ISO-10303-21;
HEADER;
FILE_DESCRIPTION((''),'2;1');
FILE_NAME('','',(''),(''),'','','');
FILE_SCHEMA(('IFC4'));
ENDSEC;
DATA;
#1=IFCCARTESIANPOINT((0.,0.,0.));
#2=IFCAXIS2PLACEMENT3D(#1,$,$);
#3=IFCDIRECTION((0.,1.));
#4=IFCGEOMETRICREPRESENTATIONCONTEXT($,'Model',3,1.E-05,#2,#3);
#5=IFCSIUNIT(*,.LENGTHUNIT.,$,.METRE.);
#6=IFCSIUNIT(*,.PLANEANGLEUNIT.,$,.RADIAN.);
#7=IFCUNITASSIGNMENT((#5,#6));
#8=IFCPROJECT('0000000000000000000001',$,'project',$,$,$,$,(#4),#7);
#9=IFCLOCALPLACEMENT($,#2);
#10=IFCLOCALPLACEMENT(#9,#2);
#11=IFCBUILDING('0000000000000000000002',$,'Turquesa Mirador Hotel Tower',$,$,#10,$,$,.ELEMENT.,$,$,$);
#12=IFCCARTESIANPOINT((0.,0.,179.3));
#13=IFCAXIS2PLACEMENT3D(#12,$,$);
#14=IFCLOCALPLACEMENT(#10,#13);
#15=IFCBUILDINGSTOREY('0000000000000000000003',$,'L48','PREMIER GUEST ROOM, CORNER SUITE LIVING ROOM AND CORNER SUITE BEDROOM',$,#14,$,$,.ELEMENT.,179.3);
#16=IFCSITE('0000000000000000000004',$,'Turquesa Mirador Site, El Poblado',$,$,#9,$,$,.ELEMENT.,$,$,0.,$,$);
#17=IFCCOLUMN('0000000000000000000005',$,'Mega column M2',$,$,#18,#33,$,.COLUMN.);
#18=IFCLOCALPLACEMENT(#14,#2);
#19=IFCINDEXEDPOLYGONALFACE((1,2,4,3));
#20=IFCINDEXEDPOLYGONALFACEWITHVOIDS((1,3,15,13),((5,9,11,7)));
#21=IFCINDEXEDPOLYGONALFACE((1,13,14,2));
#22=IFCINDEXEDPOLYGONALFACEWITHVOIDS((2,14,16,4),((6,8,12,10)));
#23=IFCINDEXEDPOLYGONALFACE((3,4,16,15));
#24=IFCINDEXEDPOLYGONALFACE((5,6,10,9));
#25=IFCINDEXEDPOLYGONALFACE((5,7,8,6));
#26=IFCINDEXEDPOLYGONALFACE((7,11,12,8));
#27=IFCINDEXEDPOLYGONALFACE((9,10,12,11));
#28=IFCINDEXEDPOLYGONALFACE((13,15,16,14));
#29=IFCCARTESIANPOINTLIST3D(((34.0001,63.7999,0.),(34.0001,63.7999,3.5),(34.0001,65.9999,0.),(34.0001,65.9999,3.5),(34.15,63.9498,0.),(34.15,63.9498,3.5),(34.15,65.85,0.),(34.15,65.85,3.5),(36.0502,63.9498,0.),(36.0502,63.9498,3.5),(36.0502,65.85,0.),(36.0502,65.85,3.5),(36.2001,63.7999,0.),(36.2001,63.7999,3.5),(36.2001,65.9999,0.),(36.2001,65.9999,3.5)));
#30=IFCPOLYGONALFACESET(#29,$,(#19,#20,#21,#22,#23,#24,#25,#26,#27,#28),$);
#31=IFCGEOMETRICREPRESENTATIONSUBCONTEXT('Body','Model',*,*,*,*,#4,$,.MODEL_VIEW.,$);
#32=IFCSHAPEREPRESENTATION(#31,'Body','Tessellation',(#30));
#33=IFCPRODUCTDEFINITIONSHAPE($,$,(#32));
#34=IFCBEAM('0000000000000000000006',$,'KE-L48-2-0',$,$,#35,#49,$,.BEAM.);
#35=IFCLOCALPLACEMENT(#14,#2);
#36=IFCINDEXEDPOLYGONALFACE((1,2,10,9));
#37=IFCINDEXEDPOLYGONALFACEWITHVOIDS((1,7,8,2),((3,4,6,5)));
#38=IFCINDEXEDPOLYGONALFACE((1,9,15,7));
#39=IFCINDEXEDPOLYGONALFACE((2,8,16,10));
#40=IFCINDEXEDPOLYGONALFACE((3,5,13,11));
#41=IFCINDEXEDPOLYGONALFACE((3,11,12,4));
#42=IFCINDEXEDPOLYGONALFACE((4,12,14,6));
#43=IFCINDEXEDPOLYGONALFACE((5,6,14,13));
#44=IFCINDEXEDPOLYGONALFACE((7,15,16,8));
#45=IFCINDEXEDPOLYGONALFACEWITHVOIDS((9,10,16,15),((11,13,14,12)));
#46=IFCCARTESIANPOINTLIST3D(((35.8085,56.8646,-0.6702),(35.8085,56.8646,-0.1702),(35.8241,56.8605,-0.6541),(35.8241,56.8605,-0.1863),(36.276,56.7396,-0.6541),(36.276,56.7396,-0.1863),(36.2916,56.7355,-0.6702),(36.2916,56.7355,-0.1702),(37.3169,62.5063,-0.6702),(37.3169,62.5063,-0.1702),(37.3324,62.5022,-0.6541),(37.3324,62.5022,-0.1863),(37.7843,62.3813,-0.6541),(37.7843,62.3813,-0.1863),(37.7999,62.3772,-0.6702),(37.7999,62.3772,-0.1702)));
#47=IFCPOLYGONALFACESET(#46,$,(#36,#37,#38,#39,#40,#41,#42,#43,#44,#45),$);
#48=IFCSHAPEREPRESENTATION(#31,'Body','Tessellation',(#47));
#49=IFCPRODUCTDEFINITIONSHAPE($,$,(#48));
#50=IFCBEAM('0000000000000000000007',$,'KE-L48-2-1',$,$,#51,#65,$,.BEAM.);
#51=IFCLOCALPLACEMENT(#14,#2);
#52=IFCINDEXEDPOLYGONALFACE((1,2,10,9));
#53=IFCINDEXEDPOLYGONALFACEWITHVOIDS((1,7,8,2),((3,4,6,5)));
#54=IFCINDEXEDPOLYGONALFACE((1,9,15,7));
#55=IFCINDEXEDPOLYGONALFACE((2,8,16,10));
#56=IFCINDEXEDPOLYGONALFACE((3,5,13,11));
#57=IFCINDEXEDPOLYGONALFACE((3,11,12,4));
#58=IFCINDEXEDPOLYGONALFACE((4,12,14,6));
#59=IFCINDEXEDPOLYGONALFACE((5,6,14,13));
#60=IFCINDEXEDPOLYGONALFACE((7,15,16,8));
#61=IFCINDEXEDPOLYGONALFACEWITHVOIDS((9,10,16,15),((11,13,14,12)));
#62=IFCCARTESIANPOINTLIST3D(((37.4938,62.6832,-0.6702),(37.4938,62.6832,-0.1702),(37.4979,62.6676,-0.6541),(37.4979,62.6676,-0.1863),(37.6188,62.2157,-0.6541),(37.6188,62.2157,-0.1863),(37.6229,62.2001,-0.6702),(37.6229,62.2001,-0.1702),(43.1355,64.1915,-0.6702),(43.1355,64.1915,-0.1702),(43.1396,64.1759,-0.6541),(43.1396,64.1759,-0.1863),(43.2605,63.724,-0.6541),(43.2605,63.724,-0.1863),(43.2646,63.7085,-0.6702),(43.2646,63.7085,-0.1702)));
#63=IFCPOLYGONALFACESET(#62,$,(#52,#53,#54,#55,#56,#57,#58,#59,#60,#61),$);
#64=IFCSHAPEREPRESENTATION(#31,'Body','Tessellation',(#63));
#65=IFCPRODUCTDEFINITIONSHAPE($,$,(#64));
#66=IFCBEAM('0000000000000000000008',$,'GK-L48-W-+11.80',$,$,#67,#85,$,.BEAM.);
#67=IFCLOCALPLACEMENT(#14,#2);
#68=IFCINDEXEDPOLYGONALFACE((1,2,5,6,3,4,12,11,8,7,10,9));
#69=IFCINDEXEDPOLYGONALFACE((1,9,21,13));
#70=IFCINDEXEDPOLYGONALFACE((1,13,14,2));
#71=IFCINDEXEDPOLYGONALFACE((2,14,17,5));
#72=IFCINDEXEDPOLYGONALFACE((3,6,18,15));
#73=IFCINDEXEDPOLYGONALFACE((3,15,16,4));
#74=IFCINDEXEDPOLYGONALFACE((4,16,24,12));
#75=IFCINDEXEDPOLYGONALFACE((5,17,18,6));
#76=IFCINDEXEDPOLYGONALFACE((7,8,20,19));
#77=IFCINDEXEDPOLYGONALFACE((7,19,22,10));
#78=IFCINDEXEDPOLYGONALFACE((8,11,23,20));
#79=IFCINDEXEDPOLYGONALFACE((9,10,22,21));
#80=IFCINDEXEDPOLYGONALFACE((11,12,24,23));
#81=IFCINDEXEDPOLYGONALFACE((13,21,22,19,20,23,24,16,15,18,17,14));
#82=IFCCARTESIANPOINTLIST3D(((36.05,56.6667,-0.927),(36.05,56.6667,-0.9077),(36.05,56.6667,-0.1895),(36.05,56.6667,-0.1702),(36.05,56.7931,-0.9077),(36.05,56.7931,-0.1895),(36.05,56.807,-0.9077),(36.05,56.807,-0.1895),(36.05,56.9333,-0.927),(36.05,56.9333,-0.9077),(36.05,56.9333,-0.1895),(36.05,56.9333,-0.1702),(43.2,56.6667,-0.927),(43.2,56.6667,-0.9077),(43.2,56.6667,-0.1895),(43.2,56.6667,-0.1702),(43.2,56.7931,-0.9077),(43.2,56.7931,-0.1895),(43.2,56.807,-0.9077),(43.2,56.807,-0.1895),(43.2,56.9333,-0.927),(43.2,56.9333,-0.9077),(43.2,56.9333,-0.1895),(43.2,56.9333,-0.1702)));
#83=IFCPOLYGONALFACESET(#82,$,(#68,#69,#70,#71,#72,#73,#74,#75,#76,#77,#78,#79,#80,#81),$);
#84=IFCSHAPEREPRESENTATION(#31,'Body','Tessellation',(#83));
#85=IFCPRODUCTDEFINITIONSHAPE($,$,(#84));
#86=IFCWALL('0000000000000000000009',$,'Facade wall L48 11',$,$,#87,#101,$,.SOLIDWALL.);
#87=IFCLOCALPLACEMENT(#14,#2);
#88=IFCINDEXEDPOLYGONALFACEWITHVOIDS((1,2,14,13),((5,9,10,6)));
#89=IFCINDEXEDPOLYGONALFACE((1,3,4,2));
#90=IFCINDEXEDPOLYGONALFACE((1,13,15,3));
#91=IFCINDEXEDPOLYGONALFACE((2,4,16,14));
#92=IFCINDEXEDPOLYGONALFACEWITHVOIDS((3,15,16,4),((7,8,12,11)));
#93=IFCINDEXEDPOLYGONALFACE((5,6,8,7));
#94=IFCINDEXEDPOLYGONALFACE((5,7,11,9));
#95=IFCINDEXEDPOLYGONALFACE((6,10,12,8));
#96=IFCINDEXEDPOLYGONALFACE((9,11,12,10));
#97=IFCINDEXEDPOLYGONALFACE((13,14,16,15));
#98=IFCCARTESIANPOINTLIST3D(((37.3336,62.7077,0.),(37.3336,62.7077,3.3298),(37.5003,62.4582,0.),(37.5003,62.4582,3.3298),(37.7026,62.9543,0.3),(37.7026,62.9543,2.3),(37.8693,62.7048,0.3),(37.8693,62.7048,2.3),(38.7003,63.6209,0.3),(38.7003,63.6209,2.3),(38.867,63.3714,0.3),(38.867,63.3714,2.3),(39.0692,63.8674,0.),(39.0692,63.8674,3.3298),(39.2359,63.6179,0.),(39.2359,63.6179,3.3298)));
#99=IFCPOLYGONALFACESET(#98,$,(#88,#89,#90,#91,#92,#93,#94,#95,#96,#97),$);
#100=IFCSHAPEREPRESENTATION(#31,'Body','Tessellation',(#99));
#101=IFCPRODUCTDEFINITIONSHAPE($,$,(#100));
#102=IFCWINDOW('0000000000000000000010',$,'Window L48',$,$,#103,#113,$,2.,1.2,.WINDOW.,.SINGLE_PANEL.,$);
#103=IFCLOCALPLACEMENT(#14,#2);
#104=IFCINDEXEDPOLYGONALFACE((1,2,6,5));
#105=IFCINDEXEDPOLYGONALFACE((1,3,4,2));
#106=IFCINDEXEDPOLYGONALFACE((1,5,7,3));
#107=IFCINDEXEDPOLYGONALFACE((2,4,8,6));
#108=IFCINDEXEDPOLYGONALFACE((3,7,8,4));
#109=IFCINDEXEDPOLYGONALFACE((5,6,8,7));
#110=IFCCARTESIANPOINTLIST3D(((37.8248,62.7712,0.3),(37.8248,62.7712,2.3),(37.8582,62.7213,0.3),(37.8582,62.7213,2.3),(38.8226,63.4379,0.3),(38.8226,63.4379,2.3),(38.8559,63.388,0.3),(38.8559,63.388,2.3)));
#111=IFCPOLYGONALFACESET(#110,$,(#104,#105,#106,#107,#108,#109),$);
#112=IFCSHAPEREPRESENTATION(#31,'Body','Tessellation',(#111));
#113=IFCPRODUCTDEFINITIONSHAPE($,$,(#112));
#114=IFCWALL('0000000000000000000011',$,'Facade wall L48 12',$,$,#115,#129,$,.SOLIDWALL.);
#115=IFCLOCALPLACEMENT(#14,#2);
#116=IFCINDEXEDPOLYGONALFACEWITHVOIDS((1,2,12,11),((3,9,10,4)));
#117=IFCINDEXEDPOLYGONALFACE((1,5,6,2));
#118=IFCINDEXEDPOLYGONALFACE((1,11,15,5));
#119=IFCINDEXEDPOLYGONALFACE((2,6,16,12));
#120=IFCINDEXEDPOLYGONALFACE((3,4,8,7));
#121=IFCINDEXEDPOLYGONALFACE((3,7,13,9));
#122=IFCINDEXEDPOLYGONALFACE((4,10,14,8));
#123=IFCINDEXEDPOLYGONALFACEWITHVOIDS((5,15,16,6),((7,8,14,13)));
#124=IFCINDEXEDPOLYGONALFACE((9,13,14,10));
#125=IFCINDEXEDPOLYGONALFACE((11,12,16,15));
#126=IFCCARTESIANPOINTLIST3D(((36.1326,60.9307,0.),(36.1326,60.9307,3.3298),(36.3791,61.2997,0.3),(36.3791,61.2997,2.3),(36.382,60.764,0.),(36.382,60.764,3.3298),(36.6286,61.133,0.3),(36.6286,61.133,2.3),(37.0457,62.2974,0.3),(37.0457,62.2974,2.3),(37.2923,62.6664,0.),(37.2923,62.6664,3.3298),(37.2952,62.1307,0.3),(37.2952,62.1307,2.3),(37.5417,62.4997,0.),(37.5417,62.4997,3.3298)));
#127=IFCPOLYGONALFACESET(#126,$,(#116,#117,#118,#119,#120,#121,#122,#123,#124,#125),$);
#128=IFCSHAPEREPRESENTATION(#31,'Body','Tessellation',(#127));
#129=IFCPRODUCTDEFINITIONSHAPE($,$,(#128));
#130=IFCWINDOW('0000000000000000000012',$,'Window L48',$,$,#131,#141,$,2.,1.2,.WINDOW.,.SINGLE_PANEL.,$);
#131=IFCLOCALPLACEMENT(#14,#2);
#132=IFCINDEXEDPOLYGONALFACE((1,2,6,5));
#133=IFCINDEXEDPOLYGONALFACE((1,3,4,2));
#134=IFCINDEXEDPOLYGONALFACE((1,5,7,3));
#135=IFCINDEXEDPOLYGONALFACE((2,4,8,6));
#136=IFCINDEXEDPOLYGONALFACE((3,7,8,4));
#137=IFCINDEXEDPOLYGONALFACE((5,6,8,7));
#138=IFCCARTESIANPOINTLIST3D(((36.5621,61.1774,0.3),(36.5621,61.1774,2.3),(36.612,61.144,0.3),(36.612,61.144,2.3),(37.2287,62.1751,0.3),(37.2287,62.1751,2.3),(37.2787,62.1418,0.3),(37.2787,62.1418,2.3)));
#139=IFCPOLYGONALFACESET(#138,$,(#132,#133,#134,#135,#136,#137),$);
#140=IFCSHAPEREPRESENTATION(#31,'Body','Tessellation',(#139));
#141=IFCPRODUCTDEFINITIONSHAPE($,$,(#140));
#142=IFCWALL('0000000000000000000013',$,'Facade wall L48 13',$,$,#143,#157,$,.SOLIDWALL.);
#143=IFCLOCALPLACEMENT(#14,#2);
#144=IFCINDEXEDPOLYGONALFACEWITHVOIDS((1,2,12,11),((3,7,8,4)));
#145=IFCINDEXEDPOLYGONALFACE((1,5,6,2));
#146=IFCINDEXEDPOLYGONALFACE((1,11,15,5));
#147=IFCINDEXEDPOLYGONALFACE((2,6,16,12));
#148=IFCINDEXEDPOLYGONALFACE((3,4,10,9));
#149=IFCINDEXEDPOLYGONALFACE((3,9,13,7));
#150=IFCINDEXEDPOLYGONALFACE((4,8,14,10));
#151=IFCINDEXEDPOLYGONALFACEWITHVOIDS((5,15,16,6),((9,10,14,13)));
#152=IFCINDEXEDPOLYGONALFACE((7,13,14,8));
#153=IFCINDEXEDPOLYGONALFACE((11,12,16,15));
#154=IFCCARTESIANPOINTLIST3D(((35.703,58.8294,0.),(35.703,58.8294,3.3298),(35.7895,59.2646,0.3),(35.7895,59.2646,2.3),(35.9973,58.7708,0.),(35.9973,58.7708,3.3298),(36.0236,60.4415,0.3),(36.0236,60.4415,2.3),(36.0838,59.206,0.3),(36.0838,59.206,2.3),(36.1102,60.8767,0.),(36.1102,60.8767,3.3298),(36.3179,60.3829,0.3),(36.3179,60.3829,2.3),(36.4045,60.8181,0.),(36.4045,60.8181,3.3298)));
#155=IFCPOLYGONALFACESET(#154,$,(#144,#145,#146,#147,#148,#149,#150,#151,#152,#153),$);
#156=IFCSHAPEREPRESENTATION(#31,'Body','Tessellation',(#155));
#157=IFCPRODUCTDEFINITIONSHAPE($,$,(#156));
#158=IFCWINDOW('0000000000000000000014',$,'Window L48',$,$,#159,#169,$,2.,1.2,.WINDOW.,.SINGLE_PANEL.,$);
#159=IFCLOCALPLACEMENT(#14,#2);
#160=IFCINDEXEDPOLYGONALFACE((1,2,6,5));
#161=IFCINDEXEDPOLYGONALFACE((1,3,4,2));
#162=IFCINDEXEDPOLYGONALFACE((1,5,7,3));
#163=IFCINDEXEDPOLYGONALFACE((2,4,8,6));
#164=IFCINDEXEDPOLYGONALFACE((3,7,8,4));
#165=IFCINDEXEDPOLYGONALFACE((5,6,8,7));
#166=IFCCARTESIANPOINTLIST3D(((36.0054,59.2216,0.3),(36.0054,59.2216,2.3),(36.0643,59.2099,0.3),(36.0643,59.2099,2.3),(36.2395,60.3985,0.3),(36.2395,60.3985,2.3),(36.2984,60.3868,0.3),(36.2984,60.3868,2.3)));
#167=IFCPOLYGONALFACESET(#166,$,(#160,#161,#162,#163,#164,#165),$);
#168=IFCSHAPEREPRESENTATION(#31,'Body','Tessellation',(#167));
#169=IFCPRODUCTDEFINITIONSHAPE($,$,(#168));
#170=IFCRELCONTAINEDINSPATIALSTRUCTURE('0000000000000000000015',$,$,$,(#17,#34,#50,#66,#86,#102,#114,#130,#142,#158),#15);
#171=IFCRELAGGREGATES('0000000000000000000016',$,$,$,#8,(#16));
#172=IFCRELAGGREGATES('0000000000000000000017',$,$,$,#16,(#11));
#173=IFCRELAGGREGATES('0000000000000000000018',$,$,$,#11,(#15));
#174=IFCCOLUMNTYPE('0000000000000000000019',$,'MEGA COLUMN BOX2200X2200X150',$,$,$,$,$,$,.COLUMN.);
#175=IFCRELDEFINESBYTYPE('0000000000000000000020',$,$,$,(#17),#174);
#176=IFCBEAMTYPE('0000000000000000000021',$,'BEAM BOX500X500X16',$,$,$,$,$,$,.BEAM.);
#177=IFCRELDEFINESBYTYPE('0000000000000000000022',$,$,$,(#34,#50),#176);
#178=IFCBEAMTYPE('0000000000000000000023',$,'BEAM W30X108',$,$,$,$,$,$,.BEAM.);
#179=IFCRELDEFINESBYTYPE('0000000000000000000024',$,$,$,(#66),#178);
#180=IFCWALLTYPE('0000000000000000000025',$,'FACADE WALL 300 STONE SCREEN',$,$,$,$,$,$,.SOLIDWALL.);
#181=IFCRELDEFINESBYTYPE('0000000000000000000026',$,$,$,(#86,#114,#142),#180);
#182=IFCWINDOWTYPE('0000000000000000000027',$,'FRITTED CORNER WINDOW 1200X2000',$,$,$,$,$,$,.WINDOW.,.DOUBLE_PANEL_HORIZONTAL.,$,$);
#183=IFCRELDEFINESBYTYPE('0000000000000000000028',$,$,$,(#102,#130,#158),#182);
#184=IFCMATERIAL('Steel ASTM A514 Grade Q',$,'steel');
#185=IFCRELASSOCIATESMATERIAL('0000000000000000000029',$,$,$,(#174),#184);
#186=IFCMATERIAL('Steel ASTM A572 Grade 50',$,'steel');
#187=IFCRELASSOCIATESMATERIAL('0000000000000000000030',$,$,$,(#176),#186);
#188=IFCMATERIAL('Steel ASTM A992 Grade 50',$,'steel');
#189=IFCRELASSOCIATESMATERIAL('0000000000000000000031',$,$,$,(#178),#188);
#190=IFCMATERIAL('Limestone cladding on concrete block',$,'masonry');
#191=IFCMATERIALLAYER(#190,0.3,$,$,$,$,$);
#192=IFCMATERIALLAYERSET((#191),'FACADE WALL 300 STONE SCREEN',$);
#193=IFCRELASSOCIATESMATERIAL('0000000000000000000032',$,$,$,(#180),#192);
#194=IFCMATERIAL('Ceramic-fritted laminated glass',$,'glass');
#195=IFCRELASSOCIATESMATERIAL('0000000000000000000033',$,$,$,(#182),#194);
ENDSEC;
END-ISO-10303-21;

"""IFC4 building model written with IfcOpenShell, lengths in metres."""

from ifc_helpers import new_model, si_unit, direction, frame, frame_2d, origin, origin_2d, place, context, subcontext, project, spatial, rectangle, hollow_rectangle, i_section, extrude, material, layer, layer_set, material_profile, profile_set, type_object, element, fill, save


model = new_model("IFC4")

# Units and contexts
model_context = context("Model", 3, precision=1e-05, world=origin(), true_north=direction((0.0, 1.0)))
body_context = subcontext(model_context, "Body", "Model", "MODEL_VIEW")
ifc_project = project(units=[si_unit("LENGTHUNIT", "METRE"), si_unit("PLANEANGLEUNIT", "RADIAN")], contexts=[model_context])

# Site, building, storey
site_placement = place(None, origin())
site = spatial("IfcSite", under=ifc_project, at=site_placement, Name="Turquesa Mirador Site, El Poblado", CompositionType="ELEMENT", RefElevation=0.0)
building_placement = place(site_placement, origin())
building = spatial("IfcBuilding", under=site, at=building_placement, Name="Turquesa Mirador Hotel Tower", CompositionType="ELEMENT")
storey_placement = place(building_placement, frame((0.0, 0.0, 179.3)))
storey = spatial("IfcBuildingStorey", under=building, at=storey_placement, Name="L48", Description="PREMIER GUEST ROOM, CORNER SUITE LIVING ROOM AND CORNER SUITE BEDROOM", CompositionType="ELEMENT", Elevation=179.3)

# Column
ifc_material_1 = material(Name="Steel ASTM A514 Grade Q", Category="steel")
ifc_material_profile_1 = material_profile(ifc_material_1, hollow_rectangle(XDim=2.2, YDim=2.2, WallThickness=0.1499, at=origin_2d()), Name="BOX2200X2200X150")
ifc_profile_set_1 = profile_set([ifc_material_profile_1], Name="Steel ASTM A514 Grade Q")
column_type = type_object("IfcColumnType", Name="MEGA COLUMN BOX2200X2200X150", PredefinedType="COLUMN", material=ifc_profile_set_1)
column_placement = place(storey_placement, frame((35.1001, 64.8999, 0.0), z_axis=(0.0, 0.0, 1.0), x_axis=(1.0, 0.0, 0.0)))
element("IfcColumn", 1, at=column_placement, inside=storey, type_object=column_type, Name="Mega column M2", PredefinedType="COLUMN", context=body_context, shape_type="SweptSolid", body=[
    extrude(hollow_rectangle(XDim=2.2, YDim=2.2, WallThickness=0.1499, at=origin_2d()), origin(), (0.0, 0.0, 1.0), 3.5),
])

# Beams
ifc_material_2 = material(Name="Steel ASTM A572 Grade 50", Category="steel")
ifc_material_profile_2 = material_profile(ifc_material_2, hollow_rectangle(XDim=0.5, YDim=0.5, WallThickness=0.0161, at=origin_2d()), Name="BOX500X500X16")
ifc_profile_set_2 = profile_set([ifc_material_profile_2], Name="Steel ASTM A572 Grade 50")
beam_type_1 = type_object("IfcBeamType", Name="BEAM BOX500X500X16", PredefinedType="BEAM", material=ifc_profile_set_2)
for number, where, z_axis, x_axis, name in (
    (2, (36.05, 56.8, -0.4202), (0.258282, 0.96607, 0.0), (-0.96607, 0.258282, 0.0), "KE-L48-2-0"),
    (3, (37.5583, 62.4417, -0.4202), (0.96607, 0.258282, 0.0), (-0.258282, 0.96607, 0.0), "KE-L48-2-1"),
):
    element("IfcBeam", number, at=place(storey_placement, frame(where, z_axis=z_axis, x_axis=x_axis)), inside=storey, type_object=beam_type_1, Name=name, PredefinedType="BEAM", context=body_context, shape_type="SweptSolid", body=[
        extrude(hollow_rectangle(XDim=0.5, YDim=0.5, WallThickness=0.0161, at=origin_2d()), origin(), (0.0, 0.0, 1.0), 5.8398),
    ])
ifc_material_3 = material(Name="Steel ASTM A992 Grade 50", Category="steel")
ifc_material_profile_3 = material_profile(ifc_material_3, i_section(OverallWidth=0.2666, OverallDepth=0.7568, WebThickness=0.0139, FlangeThickness=0.0193, at=origin_2d()), Name="W30X108")
ifc_profile_set_3 = profile_set([ifc_material_profile_3], Name="Steel ASTM A992 Grade 50")
beam_type_2 = type_object("IfcBeamType", Name="BEAM W30X108", PredefinedType="BEAM", material=ifc_profile_set_3)
beam_placement = place(storey_placement, frame((36.05, 56.8, -0.5486), z_axis=(1.0, 0.0, 0.0), x_axis=(0.0, 1.0, 0.0)))
element("IfcBeam", 4, at=beam_placement, inside=storey, type_object=beam_type_2, Name="GK-L48-W-+11.80", PredefinedType="BEAM", context=body_context, shape_type="SweptSolid", body=[
    extrude(i_section(OverallWidth=0.2666, OverallDepth=0.7568, WebThickness=0.0139, FlangeThickness=0.0193, at=origin_2d()), origin(), (0.0, 0.0, 1.0), 7.1499),
])

# Walls, openings, windows
ifc_material_4 = material(Name="Limestone cladding on concrete block", Category="masonry")
ifc_layer = layer(ifc_material_4, 0.3)
ifc_layer_set = layer_set([ifc_layer], Name="FACADE WALL 300 STONE SCREEN")
wall_type = type_object("IfcWallType", Name="FACADE WALL 300 STONE SCREEN", PredefinedType="SOLIDWALL", material=ifc_layer_set)
wall_1_placement = place(storey_placement, frame((39.1526, 63.7427, 0.0), z_axis=(0.0, 0.0, 1.0), x_axis=(-0.831474, -0.555564, 0.0)))
wall_1 = element("IfcWall", 5, at=wall_1_placement, inside=storey, type_object=wall_type, Name="Facade wall L48 11", PredefinedType="SOLIDWALL", context=body_context, shape_type="SweptSolid", body=[
    extrude(rectangle(XDim=2.0874, YDim=0.3, at=frame_2d((1.0437, 0.0))), origin(), (0.0, 0.0, 1.0), 3.3298),
])
opening_1_placement = place(wall_1_placement, frame((0.4436, 0.0, 0.3)))
opening_1 = element("IfcOpeningElement", 6, at=opening_1_placement, cuts=wall_1, PredefinedType="OPENING", context=body_context, shape_type="SweptSolid", body=[
    extrude(rectangle(XDim=1.2, YDim=2.0, at=frame_2d((0.6001, 1.0))), frame((0.0, 0.1599, 0.0), z_axis=(0.0, -1.0, 0.0), x_axis=(1.0, 0.0, 0.0)), (0.0, 0.0, 1.0), 0.3201),
])
ifc_material_5 = material(Name="Ceramic-fritted laminated glass", Category="glass")
window_type_1 = type_object("IfcWindowType", Name="FRITTED CORNER WINDOW 1200X2000", PartitioningType="DOUBLE_PANEL_HORIZONTAL", PredefinedType="WINDOW", material=ifc_material_5)
window_1_placement = place(opening_1_placement, origin())
window_1 = element("IfcWindow", 7, at=window_1_placement, inside=storey, type_object=window_type_1, Name="Window L48", OverallHeight=2.0, OverallWidth=1.2, PartitioningType="SINGLE_PANEL", PredefinedType="WINDOW", context=body_context, shape_type="SweptSolid", body=[
    extrude(rectangle(XDim=1.2, YDim=2.0, at=frame_2d((0.6001, 1.0))), frame((0.0, 0.1301, 0.0), z_axis=(0.0, -1.0, 0.0), x_axis=(1.0, 0.0, 0.0)), (0.0, 0.0, 1.0), 0.0601),
])
fill(opening_1, window_1)
wall_2_placement = place(storey_placement, frame((37.417, 62.583, 0.0), z_axis=(0.0, 0.0, 1.0), x_axis=(-0.555564, -0.831474, 0.0)))
wall_2 = element("IfcWall", 8, at=wall_2_placement, inside=storey, type_object=wall_type, Name="Facade wall L48 12", PredefinedType="SOLIDWALL", context=body_context, shape_type="SweptSolid", body=[
    extrude(rectangle(XDim=2.0874, YDim=0.3, at=frame_2d((1.0437, 0.0))), origin(), (0.0, 0.0, 1.0), 3.3298),
])
opening_2_placement = place(wall_2_placement, frame((0.4436, 0.0, 0.3)))
opening_2 = element("IfcOpeningElement", 9, at=opening_2_placement, cuts=wall_2, PredefinedType="OPENING", context=body_context, shape_type="SweptSolid", body=[
    extrude(rectangle(XDim=1.2, YDim=2.0, at=frame_2d((0.6001, 1.0))), frame((0.0, 0.1599, 0.0), z_axis=(0.0, -1.0, 0.0), x_axis=(1.0, 0.0, 0.0)), (0.0, 0.0, 1.0), 0.3201),
])
window_2_placement = place(opening_2_placement, origin())
window_2 = element("IfcWindow", 10, at=window_2_placement, inside=storey, type_object=window_type_1, Name="Window L48", OverallHeight=2.0, OverallWidth=1.2, PartitioningType="SINGLE_PANEL", PredefinedType="WINDOW", context=body_context, shape_type="SweptSolid", body=[
    extrude(rectangle(XDim=1.2, YDim=2.0, at=frame_2d((0.6001, 1.0))), frame((0.0, 0.1301, 0.0), z_axis=(0.0, -1.0, 0.0), x_axis=(1.0, 0.0, 0.0)), (0.0, 0.0, 1.0), 0.0601),
])
fill(opening_2, window_2)
wall_3_placement = place(storey_placement, frame((36.2573, 60.8474, 0.0), z_axis=(0.0, 0.0, 1.0), x_axis=(-0.195081, -0.980787, 0.0)))
wall_3 = element("IfcWall", 11, at=wall_3_placement, inside=storey, type_object=wall_type, Name="Facade wall L48 13", PredefinedType="SOLIDWALL", context=body_context, shape_type="SweptSolid", body=[
    extrude(rectangle(XDim=2.0874, YDim=0.3, at=frame_2d((1.0437, 0.0))), origin(), (0.0, 0.0, 1.0), 3.3298),
])
opening_3_placement = place(wall_3_placement, frame((0.4436, 0.0, 0.3)))
opening_3 = element("IfcOpeningElement", 12, at=opening_3_placement, cuts=wall_3, PredefinedType="OPENING", context=body_context, shape_type="SweptSolid", body=[
    extrude(rectangle(XDim=1.2, YDim=2.0, at=frame_2d((0.6001, 1.0))), frame((0.0, 0.1599, 0.0), z_axis=(0.0, -1.0, 0.0), x_axis=(1.0, 0.0, 0.0)), (0.0, 0.0, 1.0), 0.3201),
])
window_3_placement = place(opening_3_placement, origin())
window_3 = element("IfcWindow", 13, at=window_3_placement, inside=storey, type_object=window_type_1, Name="Window L48", OverallHeight=2.0, OverallWidth=1.2, PartitioningType="SINGLE_PANEL", PredefinedType="WINDOW", context=body_context, shape_type="SweptSolid", body=[
    extrude(rectangle(XDim=1.2, YDim=2.0, at=frame_2d((0.6001, 1.0))), frame((0.0, 0.1301, 0.0), z_axis=(0.0, -1.0, 0.0), x_axis=(1.0, 0.0, 0.0)), (0.0, 0.0, 1.0), 0.0601),
])
fill(opening_3, window_3)

save(model, "model.ifc")
